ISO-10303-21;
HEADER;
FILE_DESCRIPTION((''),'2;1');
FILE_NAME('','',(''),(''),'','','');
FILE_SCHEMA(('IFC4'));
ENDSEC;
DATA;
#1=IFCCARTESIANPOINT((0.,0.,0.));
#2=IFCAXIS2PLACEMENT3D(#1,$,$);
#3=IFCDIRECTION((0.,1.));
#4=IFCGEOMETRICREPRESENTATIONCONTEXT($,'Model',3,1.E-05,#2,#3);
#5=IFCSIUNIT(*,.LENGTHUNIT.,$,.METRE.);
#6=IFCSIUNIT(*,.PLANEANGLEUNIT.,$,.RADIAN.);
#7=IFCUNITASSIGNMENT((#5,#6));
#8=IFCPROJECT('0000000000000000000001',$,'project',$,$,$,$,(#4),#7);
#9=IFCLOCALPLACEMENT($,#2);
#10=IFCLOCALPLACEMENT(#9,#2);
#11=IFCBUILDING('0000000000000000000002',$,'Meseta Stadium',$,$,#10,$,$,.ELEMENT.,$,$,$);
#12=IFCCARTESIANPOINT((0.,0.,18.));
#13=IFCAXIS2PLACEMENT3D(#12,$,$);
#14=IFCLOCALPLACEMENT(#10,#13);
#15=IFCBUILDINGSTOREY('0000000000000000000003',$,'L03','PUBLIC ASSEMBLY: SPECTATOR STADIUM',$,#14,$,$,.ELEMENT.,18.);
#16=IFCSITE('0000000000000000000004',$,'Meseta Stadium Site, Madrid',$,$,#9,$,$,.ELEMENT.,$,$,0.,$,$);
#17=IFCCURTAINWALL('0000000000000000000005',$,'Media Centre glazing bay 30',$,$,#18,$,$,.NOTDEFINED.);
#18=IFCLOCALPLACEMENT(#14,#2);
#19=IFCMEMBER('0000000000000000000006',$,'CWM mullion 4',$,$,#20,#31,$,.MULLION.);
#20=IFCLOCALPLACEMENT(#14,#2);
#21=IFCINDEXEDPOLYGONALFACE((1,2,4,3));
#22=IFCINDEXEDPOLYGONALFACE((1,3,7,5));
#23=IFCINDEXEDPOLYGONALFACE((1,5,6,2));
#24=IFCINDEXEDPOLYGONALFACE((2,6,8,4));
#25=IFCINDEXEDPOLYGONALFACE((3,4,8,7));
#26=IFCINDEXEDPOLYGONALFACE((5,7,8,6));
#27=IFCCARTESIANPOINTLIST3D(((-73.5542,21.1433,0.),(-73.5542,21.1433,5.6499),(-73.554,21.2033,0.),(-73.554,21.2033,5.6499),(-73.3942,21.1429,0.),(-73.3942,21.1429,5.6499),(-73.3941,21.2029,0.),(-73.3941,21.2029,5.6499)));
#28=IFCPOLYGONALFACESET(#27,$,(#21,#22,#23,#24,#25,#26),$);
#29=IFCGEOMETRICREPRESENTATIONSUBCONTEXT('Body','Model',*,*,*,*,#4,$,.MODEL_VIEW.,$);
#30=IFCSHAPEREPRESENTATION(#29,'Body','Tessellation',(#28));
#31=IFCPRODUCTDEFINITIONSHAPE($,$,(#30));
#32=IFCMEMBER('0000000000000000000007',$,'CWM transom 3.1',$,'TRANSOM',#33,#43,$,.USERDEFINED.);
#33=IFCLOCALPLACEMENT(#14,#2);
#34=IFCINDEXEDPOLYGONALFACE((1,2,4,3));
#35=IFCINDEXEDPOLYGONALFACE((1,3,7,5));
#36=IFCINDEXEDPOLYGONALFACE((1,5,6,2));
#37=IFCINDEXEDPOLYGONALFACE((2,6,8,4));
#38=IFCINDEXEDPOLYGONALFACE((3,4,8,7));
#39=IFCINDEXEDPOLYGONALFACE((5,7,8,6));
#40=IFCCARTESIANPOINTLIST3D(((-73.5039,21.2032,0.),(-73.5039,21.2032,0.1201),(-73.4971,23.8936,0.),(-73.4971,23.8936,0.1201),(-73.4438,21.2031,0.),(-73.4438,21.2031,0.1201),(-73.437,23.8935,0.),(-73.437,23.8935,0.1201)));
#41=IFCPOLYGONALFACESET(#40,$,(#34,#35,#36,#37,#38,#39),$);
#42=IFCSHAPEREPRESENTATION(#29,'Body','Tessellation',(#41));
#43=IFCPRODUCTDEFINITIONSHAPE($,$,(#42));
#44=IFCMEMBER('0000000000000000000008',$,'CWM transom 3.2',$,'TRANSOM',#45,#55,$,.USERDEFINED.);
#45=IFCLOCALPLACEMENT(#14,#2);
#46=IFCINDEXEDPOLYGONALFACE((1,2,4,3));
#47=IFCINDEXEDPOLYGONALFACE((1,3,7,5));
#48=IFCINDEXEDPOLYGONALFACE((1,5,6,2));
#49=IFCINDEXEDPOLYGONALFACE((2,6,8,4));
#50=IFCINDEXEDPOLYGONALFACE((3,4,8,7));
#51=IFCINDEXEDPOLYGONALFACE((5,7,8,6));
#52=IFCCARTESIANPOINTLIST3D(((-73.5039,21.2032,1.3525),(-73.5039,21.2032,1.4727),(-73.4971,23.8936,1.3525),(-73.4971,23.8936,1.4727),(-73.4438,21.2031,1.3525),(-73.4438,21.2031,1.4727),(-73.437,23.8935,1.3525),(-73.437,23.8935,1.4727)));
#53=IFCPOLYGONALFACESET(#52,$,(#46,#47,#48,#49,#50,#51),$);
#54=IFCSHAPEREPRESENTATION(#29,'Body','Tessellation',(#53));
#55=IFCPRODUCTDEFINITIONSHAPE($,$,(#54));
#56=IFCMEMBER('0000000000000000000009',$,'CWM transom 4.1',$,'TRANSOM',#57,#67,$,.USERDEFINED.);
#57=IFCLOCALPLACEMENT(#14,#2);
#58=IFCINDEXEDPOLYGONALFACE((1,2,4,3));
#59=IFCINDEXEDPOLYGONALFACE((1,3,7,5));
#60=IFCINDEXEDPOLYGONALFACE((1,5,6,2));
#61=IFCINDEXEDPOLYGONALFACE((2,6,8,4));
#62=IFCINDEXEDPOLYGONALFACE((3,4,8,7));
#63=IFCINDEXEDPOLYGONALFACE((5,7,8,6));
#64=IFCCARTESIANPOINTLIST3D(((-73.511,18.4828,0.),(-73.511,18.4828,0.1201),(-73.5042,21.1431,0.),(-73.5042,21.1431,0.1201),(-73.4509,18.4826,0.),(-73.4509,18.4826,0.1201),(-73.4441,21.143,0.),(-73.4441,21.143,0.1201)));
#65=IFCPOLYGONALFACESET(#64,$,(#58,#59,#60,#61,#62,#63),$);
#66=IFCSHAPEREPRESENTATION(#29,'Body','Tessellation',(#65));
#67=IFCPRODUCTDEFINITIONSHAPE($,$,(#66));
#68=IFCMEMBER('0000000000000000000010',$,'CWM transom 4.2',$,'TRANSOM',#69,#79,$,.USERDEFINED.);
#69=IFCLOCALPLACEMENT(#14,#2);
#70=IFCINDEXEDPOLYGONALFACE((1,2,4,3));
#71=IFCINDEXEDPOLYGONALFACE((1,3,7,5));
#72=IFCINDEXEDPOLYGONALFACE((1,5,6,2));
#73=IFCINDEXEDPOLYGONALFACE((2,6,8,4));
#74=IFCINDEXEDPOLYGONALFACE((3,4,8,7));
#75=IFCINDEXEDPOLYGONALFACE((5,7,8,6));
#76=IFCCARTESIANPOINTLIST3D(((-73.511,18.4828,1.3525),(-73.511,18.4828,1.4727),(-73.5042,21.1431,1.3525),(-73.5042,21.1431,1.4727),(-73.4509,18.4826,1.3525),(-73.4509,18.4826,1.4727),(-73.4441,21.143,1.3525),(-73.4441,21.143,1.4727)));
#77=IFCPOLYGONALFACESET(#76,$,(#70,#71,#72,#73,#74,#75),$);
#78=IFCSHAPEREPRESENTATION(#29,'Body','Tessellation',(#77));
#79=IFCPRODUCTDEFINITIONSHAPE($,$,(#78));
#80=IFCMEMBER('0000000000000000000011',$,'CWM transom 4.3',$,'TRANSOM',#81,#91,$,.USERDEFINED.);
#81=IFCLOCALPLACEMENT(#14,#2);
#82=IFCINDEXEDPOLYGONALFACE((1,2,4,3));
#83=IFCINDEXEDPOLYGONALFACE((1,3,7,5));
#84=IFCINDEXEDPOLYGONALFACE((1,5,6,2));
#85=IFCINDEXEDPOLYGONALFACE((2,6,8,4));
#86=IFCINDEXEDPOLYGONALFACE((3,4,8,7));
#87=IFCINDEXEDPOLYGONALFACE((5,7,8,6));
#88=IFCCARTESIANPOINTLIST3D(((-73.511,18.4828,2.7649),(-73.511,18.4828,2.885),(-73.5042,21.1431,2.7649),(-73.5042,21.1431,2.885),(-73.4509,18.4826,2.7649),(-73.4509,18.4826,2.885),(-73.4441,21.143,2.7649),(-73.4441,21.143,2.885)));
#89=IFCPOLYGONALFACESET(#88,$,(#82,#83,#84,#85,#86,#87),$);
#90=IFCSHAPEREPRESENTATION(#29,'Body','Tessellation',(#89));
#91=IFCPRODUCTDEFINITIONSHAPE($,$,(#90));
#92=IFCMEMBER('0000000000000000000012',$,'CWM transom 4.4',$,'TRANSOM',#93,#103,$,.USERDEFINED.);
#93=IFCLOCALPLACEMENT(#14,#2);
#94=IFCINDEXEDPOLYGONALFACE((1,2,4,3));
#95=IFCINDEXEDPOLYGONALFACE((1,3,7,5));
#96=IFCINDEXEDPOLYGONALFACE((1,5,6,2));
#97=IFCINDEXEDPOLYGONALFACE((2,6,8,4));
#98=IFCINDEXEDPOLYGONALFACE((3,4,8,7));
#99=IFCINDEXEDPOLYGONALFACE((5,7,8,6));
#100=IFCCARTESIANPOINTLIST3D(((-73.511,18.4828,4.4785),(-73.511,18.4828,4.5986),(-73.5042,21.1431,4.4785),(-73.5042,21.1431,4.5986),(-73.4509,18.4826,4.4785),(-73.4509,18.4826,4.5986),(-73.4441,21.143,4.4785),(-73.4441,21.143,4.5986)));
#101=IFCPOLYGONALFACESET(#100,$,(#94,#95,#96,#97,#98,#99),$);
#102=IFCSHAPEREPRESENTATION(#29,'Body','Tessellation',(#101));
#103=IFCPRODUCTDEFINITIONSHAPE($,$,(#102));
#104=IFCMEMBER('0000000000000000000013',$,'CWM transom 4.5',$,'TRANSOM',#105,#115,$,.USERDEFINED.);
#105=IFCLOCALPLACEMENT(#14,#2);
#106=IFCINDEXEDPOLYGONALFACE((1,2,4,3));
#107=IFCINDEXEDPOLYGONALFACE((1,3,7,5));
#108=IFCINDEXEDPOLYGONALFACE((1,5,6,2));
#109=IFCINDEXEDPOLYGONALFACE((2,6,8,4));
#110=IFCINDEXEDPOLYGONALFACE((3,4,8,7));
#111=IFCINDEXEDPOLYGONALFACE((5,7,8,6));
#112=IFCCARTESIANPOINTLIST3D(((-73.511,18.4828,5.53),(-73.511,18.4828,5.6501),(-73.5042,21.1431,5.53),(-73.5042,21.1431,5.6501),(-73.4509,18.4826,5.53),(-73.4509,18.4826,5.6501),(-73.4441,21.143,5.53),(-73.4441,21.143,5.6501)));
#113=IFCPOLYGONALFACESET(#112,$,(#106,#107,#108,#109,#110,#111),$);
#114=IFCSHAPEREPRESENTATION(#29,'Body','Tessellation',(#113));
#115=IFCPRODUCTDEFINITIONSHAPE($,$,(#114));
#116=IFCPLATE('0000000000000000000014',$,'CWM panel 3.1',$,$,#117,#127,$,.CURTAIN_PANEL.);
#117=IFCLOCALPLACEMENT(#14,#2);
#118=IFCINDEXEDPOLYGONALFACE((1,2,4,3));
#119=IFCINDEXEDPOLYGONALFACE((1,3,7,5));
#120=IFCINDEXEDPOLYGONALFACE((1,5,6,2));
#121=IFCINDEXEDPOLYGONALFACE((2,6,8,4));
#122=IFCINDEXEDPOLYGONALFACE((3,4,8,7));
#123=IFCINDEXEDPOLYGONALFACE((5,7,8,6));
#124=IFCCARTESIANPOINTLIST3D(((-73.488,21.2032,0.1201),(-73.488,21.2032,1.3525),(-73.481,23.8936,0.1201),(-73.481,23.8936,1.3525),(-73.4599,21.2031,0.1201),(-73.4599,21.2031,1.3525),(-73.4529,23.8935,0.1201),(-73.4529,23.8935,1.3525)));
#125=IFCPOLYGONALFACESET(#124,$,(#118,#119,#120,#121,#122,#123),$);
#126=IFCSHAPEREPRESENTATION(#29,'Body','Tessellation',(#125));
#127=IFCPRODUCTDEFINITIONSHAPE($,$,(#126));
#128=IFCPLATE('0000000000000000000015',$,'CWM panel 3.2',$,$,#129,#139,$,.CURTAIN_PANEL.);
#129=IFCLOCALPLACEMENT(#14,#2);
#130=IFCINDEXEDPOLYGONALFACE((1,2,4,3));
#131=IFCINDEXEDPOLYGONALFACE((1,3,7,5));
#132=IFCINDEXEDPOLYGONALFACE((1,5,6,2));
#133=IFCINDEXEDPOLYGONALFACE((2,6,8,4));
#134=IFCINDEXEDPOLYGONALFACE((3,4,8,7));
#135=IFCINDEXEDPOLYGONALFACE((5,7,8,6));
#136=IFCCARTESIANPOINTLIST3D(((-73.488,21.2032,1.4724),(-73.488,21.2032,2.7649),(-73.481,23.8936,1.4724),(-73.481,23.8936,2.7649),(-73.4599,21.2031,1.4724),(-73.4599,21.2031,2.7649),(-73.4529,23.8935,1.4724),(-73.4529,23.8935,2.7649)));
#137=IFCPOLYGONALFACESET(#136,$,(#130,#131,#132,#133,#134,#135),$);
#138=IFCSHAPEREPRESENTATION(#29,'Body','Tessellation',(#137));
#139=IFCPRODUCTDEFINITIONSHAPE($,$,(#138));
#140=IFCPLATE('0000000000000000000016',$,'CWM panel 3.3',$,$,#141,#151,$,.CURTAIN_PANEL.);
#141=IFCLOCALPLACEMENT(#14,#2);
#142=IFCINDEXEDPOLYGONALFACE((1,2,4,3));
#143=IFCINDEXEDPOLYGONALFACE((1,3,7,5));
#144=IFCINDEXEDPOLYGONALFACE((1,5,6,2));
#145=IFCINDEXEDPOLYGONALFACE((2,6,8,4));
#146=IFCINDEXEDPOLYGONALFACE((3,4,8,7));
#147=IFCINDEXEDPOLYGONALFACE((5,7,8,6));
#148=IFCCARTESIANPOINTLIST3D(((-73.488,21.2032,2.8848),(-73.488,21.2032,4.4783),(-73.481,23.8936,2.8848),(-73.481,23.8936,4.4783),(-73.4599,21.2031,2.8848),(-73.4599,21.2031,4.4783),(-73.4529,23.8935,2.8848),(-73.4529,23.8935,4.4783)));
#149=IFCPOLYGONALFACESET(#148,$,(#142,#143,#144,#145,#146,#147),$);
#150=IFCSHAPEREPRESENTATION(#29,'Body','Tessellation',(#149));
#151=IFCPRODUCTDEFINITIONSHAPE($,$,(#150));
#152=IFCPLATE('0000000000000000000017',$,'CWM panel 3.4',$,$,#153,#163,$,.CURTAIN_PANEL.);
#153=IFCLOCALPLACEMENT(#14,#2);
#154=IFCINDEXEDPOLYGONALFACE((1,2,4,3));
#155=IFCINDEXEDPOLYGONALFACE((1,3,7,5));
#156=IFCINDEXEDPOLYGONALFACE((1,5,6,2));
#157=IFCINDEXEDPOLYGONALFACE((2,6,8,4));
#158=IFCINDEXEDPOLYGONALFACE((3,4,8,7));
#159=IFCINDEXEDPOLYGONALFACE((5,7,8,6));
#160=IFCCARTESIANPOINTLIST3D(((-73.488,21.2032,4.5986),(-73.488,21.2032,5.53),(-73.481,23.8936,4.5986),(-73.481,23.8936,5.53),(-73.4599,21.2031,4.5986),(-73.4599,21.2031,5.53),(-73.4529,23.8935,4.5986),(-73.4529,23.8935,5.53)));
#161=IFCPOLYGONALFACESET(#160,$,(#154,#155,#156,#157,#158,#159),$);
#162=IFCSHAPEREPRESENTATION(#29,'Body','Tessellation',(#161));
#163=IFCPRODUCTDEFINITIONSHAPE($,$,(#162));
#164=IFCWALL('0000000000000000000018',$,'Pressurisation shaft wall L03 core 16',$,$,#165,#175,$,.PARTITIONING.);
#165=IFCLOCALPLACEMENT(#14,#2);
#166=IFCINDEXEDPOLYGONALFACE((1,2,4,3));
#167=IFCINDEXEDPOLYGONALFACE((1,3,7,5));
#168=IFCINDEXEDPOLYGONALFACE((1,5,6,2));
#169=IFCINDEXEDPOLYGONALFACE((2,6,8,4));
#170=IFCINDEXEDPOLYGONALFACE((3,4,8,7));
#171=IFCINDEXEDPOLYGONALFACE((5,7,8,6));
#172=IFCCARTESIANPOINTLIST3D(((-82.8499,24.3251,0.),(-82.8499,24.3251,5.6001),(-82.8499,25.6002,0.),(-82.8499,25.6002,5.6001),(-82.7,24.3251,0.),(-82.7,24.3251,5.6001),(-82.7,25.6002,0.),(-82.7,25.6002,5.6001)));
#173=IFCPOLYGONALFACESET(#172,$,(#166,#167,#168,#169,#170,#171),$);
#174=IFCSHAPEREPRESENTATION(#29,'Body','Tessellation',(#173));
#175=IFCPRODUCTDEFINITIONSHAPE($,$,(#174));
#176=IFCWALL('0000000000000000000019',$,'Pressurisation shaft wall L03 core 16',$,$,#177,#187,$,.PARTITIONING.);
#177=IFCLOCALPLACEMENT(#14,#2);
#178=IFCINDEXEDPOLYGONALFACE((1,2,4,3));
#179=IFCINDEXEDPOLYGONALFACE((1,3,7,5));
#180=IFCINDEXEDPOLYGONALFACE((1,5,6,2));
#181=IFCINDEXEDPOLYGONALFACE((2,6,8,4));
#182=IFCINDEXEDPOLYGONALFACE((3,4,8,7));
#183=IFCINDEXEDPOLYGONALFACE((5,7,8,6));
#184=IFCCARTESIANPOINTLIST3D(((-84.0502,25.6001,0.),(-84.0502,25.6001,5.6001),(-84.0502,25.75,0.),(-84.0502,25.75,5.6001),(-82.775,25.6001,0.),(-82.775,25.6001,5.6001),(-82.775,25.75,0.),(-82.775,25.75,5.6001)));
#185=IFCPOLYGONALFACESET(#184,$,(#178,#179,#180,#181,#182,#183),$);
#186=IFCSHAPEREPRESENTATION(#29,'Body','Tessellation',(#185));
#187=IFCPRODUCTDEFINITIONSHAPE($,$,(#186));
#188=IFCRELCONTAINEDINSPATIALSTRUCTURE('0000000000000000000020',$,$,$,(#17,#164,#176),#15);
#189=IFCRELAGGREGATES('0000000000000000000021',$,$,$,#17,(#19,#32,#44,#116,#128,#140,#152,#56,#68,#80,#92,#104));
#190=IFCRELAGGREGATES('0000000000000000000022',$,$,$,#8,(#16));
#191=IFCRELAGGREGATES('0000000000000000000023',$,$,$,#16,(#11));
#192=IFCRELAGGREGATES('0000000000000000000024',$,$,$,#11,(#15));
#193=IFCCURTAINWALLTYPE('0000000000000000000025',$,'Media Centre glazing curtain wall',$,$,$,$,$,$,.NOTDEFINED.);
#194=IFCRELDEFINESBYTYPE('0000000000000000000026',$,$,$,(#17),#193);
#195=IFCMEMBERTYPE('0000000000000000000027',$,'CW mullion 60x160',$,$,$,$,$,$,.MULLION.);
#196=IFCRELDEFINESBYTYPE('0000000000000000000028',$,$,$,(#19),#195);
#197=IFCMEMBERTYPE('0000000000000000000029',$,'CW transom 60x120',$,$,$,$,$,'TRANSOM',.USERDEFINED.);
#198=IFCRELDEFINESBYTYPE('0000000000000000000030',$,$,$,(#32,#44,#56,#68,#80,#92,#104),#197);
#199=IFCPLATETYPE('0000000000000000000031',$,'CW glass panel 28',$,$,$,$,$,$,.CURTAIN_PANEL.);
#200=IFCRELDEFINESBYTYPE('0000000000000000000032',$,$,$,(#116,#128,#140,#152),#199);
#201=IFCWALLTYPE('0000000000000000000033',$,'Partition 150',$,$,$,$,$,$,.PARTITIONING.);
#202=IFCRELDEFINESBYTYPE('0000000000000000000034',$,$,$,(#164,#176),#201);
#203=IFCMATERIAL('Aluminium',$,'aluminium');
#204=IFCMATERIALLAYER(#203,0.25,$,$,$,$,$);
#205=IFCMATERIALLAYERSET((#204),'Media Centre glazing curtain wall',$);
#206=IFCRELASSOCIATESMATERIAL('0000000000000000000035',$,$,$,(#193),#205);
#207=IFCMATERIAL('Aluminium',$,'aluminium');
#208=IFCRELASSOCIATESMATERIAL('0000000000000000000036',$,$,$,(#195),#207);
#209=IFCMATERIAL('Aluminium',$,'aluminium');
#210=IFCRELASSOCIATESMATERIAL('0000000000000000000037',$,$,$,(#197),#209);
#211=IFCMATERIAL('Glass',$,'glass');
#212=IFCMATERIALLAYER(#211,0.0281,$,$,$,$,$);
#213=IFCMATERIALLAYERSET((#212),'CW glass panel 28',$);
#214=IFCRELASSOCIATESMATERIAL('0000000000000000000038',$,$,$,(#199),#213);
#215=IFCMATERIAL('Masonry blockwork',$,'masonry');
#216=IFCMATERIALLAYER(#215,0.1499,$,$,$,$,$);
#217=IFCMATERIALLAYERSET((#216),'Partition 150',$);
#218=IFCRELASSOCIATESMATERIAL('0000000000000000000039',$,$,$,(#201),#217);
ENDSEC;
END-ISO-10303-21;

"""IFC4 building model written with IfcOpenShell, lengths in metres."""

from ifc_helpers import new_model, si_unit, direction, frame, frame_2d, origin, origin_2d, place, context, subcontext, project, spatial, rectangle, extrude, material, layer, layer_set, material_profile, profile_set, type_object, element, aggregate, save


model = new_model("IFC4")

# Units and contexts
model_context = context("Model", 3, precision=1e-05, world=origin(), true_north=direction((0.0, 1.0)))
body_context = subcontext(model_context, "Body", "Model", "MODEL_VIEW")
ifc_project = project(units=[si_unit("LENGTHUNIT", "METRE"), si_unit("PLANEANGLEUNIT", "RADIAN")], contexts=[model_context])

# Site, building, storey
site_placement = place(None, origin())
site = spatial("IfcSite", under=ifc_project, at=site_placement, Name="Meseta Stadium Site, Madrid", CompositionType="ELEMENT", RefElevation=0.0)
building_placement = place(site_placement, origin())
building = spatial("IfcBuilding", under=site, at=building_placement, Name="Meseta Stadium", CompositionType="ELEMENT")
storey_placement = place(building_placement, frame((0.0, 0.0, 18.0)))
storey = spatial("IfcBuildingStorey", under=building, at=storey_placement, Name="L03", Description="PUBLIC ASSEMBLY: SPECTATOR STADIUM", CompositionType="ELEMENT", Elevation=18.0)

# Curtain wall, members, plates
ifc_material_1 = material(Name="Aluminium", Category="aluminium")
ifc_layer_1 = layer(ifc_material_1, 0.25)
ifc_layer_set_1 = layer_set([ifc_layer_1], Name="Media Centre glazing curtain wall")
curtain_wall_type = type_object("IfcCurtainWallType", Name="Media Centre glazing curtain wall", PredefinedType="NOTDEFINED", material=ifc_layer_set_1)
curtain_wall_placement = place(storey_placement, origin())
curtain_wall = element("IfcCurtainWall", 1, at=curtain_wall_placement, inside=storey, type_object=curtain_wall_type, Name="Media Centre glazing bay 30", PredefinedType="NOTDEFINED")
ifc_material_2 = material(Name="Aluminium", Category="aluminium")
ifc_material_profile_1 = material_profile(ifc_material_2, rectangle(XDim=0.1599, YDim=0.0601, at=origin_2d()), Name="CW 160x60")
ifc_profile_set_1 = profile_set([ifc_material_profile_1], Name="Aluminium")
member_type_1 = type_object("IfcMemberType", Name="CW mullion 60x160", PredefinedType="MULLION", material=ifc_profile_set_1)
member_1_placement = place(storey_placement, frame((-73.4741, 21.1731, 0.0), z_axis=(0.0, 0.0, 1.0), x_axis=(0.999997, -0.002606, 0.0)))
member_1 = element("IfcMember", 2, at=member_1_placement, type_object=member_type_1, Name="CWM mullion 4", PredefinedType="MULLION", context=body_context, shape_type="SweptSolid", body=[
    extrude(rectangle(XDim=0.1599, YDim=0.0601, at=origin_2d()), origin(), (0.0, 0.0, 1.0), 5.6499),
])
ifc_material_3 = material(Name="Aluminium", Category="aluminium")
ifc_material_profile_2 = material_profile(ifc_material_3, rectangle(XDim=0.0601, YDim=0.1201, at=origin_2d()), Name="CW 60x120")
ifc_profile_set_2 = profile_set([ifc_material_profile_2], Name="Aluminium")
member_type_2 = type_object("IfcMemberType", Name="CW transom 60x120", ElementType="TRANSOM", PredefinedType="USERDEFINED", material=ifc_profile_set_2)
member_2_placement = place(storey_placement, frame((-73.467, 23.8936, 0.0601), z_axis=(-0.002541, -0.999997, 0.0), x_axis=(0.999997, -0.002541, 0.0)))
member_2 = element("IfcMember", 3, at=member_2_placement, type_object=member_type_2, Name="CWM transom 3.1", ObjectType="TRANSOM", PredefinedType="USERDEFINED", context=body_context, shape_type="SweptSolid", body=[
    extrude(rectangle(XDim=0.0601, YDim=0.1201, at=origin_2d()), origin(), (0.0, 0.0, 1.0), 2.6904),
])
member_3_placement = place(storey_placement, frame((-73.467, 23.8936, 1.4126), z_axis=(-0.002541, -0.999997, 0.0), x_axis=(0.999997, -0.002541, 0.0)))
member_3 = element("IfcMember", 4, at=member_3_placement, type_object=member_type_2, Name="CWM transom 3.2", ObjectType="TRANSOM", PredefinedType="USERDEFINED", context=body_context, shape_type="SweptSolid", body=[
    extrude(rectangle(XDim=0.0601, YDim=0.1201, at=origin_2d()), origin(), (0.0, 0.0, 1.0), 2.6904),
])
member_4_placement = place(storey_placement, frame((-73.4741, 21.1431, 0.0601), z_axis=(-0.00257, -0.999997, 0.0), x_axis=(0.999997, -0.00257, 0.0)))
member_4 = element("IfcMember", 5, at=member_4_placement, type_object=member_type_2, Name="CWM transom 4.1", ObjectType="TRANSOM", PredefinedType="USERDEFINED", context=body_context, shape_type="SweptSolid", body=[
    extrude(rectangle(XDim=0.0601, YDim=0.1201, at=origin_2d()), origin(), (0.0, 0.0, 1.0), 2.6604),
])
member_5_placement = place(storey_placement, frame((-73.4741, 21.1431, 1.4126), z_axis=(-0.00257, -0.999997, 0.0), x_axis=(0.999997, -0.00257, 0.0)))
member_5 = element("IfcMember", 6, at=member_5_placement, type_object=member_type_2, Name="CWM transom 4.2", ObjectType="TRANSOM", PredefinedType="USERDEFINED", context=body_context, shape_type="SweptSolid", body=[
    extrude(rectangle(XDim=0.0601, YDim=0.1201, at=origin_2d()), origin(), (0.0, 0.0, 1.0), 2.6604),
])
member_6_placement = place(storey_placement, frame((-73.4741, 21.1431, 2.825), z_axis=(-0.00257, -0.999997, 0.0), x_axis=(0.999997, -0.00257, 0.0)))
member_6 = element("IfcMember", 7, at=member_6_placement, type_object=member_type_2, Name="CWM transom 4.3", ObjectType="TRANSOM", PredefinedType="USERDEFINED", context=body_context, shape_type="SweptSolid", body=[
    extrude(rectangle(XDim=0.0601, YDim=0.1201, at=origin_2d()), origin(), (0.0, 0.0, 1.0), 2.6604),
])
member_7_placement = place(storey_placement, frame((-73.4741, 21.1431, 4.5386), z_axis=(-0.00257, -0.999997, 0.0), x_axis=(0.999997, -0.00257, 0.0)))
member_7 = element("IfcMember", 8, at=member_7_placement, type_object=member_type_2, Name="CWM transom 4.4", ObjectType="TRANSOM", PredefinedType="USERDEFINED", context=body_context, shape_type="SweptSolid", body=[
    extrude(rectangle(XDim=0.0601, YDim=0.1201, at=origin_2d()), origin(), (0.0, 0.0, 1.0), 2.6604),
])
member_8_placement = place(storey_placement, frame((-73.4741, 21.1431, 5.5901), z_axis=(-0.00257, -0.999997, 0.0), x_axis=(0.999997, -0.00257, 0.0)))
member_8 = element("IfcMember", 9, at=member_8_placement, type_object=member_type_2, Name="CWM transom 4.5", ObjectType="TRANSOM", PredefinedType="USERDEFINED", context=body_context, shape_type="SweptSolid", body=[
    extrude(rectangle(XDim=0.0601, YDim=0.1201, at=origin_2d()), origin(), (0.0, 0.0, 1.0), 2.6604),
])
ifc_material_4 = material(Name="Glass", Category="glass")
ifc_layer_2 = layer(ifc_material_4, 0.0281)
ifc_layer_set_2 = layer_set([ifc_layer_2], Name="CW glass panel 28")
plate_type = type_object("IfcPlateType", Name="CW glass panel 28", PredefinedType="CURTAIN_PANEL", material=ifc_layer_set_2)
plate_1_placement = place(storey_placement, frame((-73.4705, 22.5483, 0.1201), z_axis=(0.0, 0.0, 1.0), x_axis=(-0.002606, -0.999997, 0.0)))
plate_1 = element("IfcPlate", 10, at=plate_1_placement, type_object=plate_type, Name="CWM panel 3.1", PredefinedType="CURTAIN_PANEL", context=body_context, shape_type="SweptSolid", body=[
    extrude(rectangle(XDim=2.6904, YDim=0.0281, at=origin_2d()), origin(), (0.0, 0.0, 1.0), 1.2324),
])
plate_2_placement = place(storey_placement, frame((-73.4705, 22.5483, 1.4724), z_axis=(0.0, 0.0, 1.0), x_axis=(-0.002606, -0.999997, 0.0)))
plate_2 = element("IfcPlate", 11, at=plate_2_placement, type_object=plate_type, Name="CWM panel 3.2", PredefinedType="CURTAIN_PANEL", context=body_context, shape_type="SweptSolid", body=[
    extrude(rectangle(XDim=2.6904, YDim=0.0281, at=origin_2d()), origin(), (0.0, 0.0, 1.0), 1.2925),
])
plate_3_placement = place(storey_placement, frame((-73.4705, 22.5483, 2.8848), z_axis=(0.0, 0.0, 1.0), x_axis=(-0.002606, -0.999997, 0.0)))
plate_3 = element("IfcPlate", 12, at=plate_3_placement, type_object=plate_type, Name="CWM panel 3.3", PredefinedType="CURTAIN_PANEL", context=body_context, shape_type="SweptSolid", body=[
    extrude(rectangle(XDim=2.6904, YDim=0.0281, at=origin_2d()), origin(), (0.0, 0.0, 1.0), 1.5935),
])
plate_4_placement = place(storey_placement, frame((-73.4705, 22.5483, 4.5986), z_axis=(0.0, 0.0, 1.0), x_axis=(-0.002606, -0.999997, 0.0)))
plate_4 = element("IfcPlate", 13, at=plate_4_placement, type_object=plate_type, Name="CWM panel 3.4", PredefinedType="CURTAIN_PANEL", context=body_context, shape_type="SweptSolid", body=[
    extrude(rectangle(XDim=2.6904, YDim=0.0281, at=origin_2d()), origin(), (0.0, 0.0, 1.0), 0.9314),
])
aggregate(curtain_wall, [member_1, member_2, member_3, plate_1, plate_2, plate_3, plate_4, member_4, member_5, member_6, member_7, member_8])

# Walls
ifc_material_5 = material(Name="Masonry blockwork", Category="masonry")
ifc_layer_3 = layer(ifc_material_5, 0.1499)
ifc_layer_set_3 = layer_set([ifc_layer_3], Name="Partition 150")
wall_type = type_object("IfcWallType", Name="Partition 150", PredefinedType="PARTITIONING", material=ifc_layer_set_3)
for number, where, z_axis, x_axis, name in (
    (14, (-82.7749, 24.325, 0.0), (0.0, 0.0, 1.0), (0.0, 1.0, 0.0), "Pressurisation shaft wall L03 core 16"),
    (15, (-82.7749, 25.675, 0.0), (0.0, 0.0, 1.0), (-1.0, 0.0, 0.0), "Pressurisation shaft wall L03 core 16"),
):
    element("IfcWall", number, at=place(storey_placement, frame(where, z_axis=z_axis, x_axis=x_axis)), inside=storey, type_object=wall_type, Name=name, PredefinedType="PARTITIONING", context=body_context, shape_type="SweptSolid", body=[
        extrude(rectangle(XDim=1.2751, YDim=0.1499, at=frame_2d((0.6377, 0.0))), origin(), (0.0, 0.0, 1.0), 5.6001),
    ])

save(model, "model.ifc")
